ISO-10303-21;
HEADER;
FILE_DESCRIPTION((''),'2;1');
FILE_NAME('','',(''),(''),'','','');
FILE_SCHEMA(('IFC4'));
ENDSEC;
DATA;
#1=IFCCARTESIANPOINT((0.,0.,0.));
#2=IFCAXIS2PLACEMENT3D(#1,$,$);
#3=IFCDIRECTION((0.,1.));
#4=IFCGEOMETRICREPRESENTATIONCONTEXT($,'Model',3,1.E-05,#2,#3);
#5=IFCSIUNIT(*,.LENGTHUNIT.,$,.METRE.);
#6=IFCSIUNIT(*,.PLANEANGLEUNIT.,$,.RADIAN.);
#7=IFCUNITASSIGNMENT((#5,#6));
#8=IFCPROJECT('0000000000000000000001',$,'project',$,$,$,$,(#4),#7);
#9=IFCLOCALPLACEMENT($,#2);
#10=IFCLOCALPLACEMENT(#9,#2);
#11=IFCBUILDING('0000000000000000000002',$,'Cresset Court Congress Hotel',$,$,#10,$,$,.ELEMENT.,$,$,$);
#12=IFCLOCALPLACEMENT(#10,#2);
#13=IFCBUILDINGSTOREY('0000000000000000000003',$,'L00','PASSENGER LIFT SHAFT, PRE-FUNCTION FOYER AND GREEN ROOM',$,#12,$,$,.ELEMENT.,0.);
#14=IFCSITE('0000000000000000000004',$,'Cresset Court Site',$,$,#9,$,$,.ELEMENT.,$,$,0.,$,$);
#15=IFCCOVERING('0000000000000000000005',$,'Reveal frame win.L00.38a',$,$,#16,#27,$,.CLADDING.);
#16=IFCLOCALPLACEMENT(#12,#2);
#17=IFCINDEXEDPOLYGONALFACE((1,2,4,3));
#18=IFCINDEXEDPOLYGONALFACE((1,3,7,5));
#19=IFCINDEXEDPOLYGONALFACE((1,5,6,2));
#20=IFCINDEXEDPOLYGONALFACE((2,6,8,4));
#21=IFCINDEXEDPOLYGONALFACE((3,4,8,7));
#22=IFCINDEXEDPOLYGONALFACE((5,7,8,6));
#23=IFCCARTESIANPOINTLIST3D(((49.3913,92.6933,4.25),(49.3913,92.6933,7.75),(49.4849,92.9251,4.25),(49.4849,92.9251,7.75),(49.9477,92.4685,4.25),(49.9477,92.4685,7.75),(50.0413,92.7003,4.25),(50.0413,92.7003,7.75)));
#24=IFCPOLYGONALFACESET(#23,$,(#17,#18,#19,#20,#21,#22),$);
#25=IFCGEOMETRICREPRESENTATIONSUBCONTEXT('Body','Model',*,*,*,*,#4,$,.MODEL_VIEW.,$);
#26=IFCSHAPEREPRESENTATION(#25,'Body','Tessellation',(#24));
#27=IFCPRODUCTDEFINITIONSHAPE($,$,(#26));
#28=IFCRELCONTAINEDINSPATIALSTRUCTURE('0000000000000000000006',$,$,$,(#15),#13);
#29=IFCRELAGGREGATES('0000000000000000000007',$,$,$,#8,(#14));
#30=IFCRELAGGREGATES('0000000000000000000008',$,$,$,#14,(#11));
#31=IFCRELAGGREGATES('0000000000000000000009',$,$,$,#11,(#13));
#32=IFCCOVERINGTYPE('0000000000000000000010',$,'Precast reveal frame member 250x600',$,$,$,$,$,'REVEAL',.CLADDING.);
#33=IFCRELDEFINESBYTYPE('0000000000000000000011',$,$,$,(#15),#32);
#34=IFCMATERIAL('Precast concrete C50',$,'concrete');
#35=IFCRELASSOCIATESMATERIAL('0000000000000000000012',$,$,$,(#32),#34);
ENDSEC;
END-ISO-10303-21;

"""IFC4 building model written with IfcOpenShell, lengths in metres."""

from ifc_helpers import new_model, si_unit, direction, frame, origin, origin_2d, place, context, subcontext, project, spatial, rectangle, extrude, material, type_object, element, save


model = new_model("IFC4")

# Units and contexts
model_context = context("Model", 3, precision=1e-05, world=origin(), true_north=direction((0.0, 1.0)))
body_context = subcontext(model_context, "Body", "Model", "MODEL_VIEW")
ifc_project = project(units=[si_unit("LENGTHUNIT", "METRE"), si_unit("PLANEANGLEUNIT", "RADIAN")], contexts=[model_context])

# Site, building, storey
site_placement = place(None, origin())
site = spatial("IfcSite", under=ifc_project, at=site_placement, Name="Cresset Court Site", CompositionType="ELEMENT", RefElevation=0.0)
building_placement = place(site_placement, origin())
building = spatial("IfcBuilding", under=site, at=building_placement, Name="Cresset Court Congress Hotel", CompositionType="ELEMENT")
storey_placement = place(building_placement, origin())
storey = spatial("IfcBuildingStorey", under=building, at=storey_placement, Name="L00", Description="PASSENGER LIFT SHAFT, PRE-FUNCTION FOYER AND GREEN ROOM", CompositionType="ELEMENT", Elevation=0.0)

# Covering
ifc_material_1 = material(Name="Precast concrete C50", Category="concrete")
covering_type = type_object("IfcCoveringType", Name="Precast reveal frame member 250x600", ElementType="REVEAL", PredefinedType="CLADDING", material=ifc_material_1)
covering_1_placement = place(storey_placement, frame((49.7163, 92.6968, 4.25), z_axis=(0.0, 0.0, 1.0), x_axis=(0.374623, 0.927177, 0.0)))
element("IfcCovering", 1, at=covering_1_placement, inside=storey, type_object=covering_type, Name="Reveal frame win.L00.38a", PredefinedType="CLADDING", context=body_context, shape_type="SweptSolid", body=[
    extrude(rectangle(XDim=0.25, YDim=0.6001, at=origin_2d()), origin(), (0.0, 0.0, 1.0), 3.5),
])

save(model, "model.ifc")
